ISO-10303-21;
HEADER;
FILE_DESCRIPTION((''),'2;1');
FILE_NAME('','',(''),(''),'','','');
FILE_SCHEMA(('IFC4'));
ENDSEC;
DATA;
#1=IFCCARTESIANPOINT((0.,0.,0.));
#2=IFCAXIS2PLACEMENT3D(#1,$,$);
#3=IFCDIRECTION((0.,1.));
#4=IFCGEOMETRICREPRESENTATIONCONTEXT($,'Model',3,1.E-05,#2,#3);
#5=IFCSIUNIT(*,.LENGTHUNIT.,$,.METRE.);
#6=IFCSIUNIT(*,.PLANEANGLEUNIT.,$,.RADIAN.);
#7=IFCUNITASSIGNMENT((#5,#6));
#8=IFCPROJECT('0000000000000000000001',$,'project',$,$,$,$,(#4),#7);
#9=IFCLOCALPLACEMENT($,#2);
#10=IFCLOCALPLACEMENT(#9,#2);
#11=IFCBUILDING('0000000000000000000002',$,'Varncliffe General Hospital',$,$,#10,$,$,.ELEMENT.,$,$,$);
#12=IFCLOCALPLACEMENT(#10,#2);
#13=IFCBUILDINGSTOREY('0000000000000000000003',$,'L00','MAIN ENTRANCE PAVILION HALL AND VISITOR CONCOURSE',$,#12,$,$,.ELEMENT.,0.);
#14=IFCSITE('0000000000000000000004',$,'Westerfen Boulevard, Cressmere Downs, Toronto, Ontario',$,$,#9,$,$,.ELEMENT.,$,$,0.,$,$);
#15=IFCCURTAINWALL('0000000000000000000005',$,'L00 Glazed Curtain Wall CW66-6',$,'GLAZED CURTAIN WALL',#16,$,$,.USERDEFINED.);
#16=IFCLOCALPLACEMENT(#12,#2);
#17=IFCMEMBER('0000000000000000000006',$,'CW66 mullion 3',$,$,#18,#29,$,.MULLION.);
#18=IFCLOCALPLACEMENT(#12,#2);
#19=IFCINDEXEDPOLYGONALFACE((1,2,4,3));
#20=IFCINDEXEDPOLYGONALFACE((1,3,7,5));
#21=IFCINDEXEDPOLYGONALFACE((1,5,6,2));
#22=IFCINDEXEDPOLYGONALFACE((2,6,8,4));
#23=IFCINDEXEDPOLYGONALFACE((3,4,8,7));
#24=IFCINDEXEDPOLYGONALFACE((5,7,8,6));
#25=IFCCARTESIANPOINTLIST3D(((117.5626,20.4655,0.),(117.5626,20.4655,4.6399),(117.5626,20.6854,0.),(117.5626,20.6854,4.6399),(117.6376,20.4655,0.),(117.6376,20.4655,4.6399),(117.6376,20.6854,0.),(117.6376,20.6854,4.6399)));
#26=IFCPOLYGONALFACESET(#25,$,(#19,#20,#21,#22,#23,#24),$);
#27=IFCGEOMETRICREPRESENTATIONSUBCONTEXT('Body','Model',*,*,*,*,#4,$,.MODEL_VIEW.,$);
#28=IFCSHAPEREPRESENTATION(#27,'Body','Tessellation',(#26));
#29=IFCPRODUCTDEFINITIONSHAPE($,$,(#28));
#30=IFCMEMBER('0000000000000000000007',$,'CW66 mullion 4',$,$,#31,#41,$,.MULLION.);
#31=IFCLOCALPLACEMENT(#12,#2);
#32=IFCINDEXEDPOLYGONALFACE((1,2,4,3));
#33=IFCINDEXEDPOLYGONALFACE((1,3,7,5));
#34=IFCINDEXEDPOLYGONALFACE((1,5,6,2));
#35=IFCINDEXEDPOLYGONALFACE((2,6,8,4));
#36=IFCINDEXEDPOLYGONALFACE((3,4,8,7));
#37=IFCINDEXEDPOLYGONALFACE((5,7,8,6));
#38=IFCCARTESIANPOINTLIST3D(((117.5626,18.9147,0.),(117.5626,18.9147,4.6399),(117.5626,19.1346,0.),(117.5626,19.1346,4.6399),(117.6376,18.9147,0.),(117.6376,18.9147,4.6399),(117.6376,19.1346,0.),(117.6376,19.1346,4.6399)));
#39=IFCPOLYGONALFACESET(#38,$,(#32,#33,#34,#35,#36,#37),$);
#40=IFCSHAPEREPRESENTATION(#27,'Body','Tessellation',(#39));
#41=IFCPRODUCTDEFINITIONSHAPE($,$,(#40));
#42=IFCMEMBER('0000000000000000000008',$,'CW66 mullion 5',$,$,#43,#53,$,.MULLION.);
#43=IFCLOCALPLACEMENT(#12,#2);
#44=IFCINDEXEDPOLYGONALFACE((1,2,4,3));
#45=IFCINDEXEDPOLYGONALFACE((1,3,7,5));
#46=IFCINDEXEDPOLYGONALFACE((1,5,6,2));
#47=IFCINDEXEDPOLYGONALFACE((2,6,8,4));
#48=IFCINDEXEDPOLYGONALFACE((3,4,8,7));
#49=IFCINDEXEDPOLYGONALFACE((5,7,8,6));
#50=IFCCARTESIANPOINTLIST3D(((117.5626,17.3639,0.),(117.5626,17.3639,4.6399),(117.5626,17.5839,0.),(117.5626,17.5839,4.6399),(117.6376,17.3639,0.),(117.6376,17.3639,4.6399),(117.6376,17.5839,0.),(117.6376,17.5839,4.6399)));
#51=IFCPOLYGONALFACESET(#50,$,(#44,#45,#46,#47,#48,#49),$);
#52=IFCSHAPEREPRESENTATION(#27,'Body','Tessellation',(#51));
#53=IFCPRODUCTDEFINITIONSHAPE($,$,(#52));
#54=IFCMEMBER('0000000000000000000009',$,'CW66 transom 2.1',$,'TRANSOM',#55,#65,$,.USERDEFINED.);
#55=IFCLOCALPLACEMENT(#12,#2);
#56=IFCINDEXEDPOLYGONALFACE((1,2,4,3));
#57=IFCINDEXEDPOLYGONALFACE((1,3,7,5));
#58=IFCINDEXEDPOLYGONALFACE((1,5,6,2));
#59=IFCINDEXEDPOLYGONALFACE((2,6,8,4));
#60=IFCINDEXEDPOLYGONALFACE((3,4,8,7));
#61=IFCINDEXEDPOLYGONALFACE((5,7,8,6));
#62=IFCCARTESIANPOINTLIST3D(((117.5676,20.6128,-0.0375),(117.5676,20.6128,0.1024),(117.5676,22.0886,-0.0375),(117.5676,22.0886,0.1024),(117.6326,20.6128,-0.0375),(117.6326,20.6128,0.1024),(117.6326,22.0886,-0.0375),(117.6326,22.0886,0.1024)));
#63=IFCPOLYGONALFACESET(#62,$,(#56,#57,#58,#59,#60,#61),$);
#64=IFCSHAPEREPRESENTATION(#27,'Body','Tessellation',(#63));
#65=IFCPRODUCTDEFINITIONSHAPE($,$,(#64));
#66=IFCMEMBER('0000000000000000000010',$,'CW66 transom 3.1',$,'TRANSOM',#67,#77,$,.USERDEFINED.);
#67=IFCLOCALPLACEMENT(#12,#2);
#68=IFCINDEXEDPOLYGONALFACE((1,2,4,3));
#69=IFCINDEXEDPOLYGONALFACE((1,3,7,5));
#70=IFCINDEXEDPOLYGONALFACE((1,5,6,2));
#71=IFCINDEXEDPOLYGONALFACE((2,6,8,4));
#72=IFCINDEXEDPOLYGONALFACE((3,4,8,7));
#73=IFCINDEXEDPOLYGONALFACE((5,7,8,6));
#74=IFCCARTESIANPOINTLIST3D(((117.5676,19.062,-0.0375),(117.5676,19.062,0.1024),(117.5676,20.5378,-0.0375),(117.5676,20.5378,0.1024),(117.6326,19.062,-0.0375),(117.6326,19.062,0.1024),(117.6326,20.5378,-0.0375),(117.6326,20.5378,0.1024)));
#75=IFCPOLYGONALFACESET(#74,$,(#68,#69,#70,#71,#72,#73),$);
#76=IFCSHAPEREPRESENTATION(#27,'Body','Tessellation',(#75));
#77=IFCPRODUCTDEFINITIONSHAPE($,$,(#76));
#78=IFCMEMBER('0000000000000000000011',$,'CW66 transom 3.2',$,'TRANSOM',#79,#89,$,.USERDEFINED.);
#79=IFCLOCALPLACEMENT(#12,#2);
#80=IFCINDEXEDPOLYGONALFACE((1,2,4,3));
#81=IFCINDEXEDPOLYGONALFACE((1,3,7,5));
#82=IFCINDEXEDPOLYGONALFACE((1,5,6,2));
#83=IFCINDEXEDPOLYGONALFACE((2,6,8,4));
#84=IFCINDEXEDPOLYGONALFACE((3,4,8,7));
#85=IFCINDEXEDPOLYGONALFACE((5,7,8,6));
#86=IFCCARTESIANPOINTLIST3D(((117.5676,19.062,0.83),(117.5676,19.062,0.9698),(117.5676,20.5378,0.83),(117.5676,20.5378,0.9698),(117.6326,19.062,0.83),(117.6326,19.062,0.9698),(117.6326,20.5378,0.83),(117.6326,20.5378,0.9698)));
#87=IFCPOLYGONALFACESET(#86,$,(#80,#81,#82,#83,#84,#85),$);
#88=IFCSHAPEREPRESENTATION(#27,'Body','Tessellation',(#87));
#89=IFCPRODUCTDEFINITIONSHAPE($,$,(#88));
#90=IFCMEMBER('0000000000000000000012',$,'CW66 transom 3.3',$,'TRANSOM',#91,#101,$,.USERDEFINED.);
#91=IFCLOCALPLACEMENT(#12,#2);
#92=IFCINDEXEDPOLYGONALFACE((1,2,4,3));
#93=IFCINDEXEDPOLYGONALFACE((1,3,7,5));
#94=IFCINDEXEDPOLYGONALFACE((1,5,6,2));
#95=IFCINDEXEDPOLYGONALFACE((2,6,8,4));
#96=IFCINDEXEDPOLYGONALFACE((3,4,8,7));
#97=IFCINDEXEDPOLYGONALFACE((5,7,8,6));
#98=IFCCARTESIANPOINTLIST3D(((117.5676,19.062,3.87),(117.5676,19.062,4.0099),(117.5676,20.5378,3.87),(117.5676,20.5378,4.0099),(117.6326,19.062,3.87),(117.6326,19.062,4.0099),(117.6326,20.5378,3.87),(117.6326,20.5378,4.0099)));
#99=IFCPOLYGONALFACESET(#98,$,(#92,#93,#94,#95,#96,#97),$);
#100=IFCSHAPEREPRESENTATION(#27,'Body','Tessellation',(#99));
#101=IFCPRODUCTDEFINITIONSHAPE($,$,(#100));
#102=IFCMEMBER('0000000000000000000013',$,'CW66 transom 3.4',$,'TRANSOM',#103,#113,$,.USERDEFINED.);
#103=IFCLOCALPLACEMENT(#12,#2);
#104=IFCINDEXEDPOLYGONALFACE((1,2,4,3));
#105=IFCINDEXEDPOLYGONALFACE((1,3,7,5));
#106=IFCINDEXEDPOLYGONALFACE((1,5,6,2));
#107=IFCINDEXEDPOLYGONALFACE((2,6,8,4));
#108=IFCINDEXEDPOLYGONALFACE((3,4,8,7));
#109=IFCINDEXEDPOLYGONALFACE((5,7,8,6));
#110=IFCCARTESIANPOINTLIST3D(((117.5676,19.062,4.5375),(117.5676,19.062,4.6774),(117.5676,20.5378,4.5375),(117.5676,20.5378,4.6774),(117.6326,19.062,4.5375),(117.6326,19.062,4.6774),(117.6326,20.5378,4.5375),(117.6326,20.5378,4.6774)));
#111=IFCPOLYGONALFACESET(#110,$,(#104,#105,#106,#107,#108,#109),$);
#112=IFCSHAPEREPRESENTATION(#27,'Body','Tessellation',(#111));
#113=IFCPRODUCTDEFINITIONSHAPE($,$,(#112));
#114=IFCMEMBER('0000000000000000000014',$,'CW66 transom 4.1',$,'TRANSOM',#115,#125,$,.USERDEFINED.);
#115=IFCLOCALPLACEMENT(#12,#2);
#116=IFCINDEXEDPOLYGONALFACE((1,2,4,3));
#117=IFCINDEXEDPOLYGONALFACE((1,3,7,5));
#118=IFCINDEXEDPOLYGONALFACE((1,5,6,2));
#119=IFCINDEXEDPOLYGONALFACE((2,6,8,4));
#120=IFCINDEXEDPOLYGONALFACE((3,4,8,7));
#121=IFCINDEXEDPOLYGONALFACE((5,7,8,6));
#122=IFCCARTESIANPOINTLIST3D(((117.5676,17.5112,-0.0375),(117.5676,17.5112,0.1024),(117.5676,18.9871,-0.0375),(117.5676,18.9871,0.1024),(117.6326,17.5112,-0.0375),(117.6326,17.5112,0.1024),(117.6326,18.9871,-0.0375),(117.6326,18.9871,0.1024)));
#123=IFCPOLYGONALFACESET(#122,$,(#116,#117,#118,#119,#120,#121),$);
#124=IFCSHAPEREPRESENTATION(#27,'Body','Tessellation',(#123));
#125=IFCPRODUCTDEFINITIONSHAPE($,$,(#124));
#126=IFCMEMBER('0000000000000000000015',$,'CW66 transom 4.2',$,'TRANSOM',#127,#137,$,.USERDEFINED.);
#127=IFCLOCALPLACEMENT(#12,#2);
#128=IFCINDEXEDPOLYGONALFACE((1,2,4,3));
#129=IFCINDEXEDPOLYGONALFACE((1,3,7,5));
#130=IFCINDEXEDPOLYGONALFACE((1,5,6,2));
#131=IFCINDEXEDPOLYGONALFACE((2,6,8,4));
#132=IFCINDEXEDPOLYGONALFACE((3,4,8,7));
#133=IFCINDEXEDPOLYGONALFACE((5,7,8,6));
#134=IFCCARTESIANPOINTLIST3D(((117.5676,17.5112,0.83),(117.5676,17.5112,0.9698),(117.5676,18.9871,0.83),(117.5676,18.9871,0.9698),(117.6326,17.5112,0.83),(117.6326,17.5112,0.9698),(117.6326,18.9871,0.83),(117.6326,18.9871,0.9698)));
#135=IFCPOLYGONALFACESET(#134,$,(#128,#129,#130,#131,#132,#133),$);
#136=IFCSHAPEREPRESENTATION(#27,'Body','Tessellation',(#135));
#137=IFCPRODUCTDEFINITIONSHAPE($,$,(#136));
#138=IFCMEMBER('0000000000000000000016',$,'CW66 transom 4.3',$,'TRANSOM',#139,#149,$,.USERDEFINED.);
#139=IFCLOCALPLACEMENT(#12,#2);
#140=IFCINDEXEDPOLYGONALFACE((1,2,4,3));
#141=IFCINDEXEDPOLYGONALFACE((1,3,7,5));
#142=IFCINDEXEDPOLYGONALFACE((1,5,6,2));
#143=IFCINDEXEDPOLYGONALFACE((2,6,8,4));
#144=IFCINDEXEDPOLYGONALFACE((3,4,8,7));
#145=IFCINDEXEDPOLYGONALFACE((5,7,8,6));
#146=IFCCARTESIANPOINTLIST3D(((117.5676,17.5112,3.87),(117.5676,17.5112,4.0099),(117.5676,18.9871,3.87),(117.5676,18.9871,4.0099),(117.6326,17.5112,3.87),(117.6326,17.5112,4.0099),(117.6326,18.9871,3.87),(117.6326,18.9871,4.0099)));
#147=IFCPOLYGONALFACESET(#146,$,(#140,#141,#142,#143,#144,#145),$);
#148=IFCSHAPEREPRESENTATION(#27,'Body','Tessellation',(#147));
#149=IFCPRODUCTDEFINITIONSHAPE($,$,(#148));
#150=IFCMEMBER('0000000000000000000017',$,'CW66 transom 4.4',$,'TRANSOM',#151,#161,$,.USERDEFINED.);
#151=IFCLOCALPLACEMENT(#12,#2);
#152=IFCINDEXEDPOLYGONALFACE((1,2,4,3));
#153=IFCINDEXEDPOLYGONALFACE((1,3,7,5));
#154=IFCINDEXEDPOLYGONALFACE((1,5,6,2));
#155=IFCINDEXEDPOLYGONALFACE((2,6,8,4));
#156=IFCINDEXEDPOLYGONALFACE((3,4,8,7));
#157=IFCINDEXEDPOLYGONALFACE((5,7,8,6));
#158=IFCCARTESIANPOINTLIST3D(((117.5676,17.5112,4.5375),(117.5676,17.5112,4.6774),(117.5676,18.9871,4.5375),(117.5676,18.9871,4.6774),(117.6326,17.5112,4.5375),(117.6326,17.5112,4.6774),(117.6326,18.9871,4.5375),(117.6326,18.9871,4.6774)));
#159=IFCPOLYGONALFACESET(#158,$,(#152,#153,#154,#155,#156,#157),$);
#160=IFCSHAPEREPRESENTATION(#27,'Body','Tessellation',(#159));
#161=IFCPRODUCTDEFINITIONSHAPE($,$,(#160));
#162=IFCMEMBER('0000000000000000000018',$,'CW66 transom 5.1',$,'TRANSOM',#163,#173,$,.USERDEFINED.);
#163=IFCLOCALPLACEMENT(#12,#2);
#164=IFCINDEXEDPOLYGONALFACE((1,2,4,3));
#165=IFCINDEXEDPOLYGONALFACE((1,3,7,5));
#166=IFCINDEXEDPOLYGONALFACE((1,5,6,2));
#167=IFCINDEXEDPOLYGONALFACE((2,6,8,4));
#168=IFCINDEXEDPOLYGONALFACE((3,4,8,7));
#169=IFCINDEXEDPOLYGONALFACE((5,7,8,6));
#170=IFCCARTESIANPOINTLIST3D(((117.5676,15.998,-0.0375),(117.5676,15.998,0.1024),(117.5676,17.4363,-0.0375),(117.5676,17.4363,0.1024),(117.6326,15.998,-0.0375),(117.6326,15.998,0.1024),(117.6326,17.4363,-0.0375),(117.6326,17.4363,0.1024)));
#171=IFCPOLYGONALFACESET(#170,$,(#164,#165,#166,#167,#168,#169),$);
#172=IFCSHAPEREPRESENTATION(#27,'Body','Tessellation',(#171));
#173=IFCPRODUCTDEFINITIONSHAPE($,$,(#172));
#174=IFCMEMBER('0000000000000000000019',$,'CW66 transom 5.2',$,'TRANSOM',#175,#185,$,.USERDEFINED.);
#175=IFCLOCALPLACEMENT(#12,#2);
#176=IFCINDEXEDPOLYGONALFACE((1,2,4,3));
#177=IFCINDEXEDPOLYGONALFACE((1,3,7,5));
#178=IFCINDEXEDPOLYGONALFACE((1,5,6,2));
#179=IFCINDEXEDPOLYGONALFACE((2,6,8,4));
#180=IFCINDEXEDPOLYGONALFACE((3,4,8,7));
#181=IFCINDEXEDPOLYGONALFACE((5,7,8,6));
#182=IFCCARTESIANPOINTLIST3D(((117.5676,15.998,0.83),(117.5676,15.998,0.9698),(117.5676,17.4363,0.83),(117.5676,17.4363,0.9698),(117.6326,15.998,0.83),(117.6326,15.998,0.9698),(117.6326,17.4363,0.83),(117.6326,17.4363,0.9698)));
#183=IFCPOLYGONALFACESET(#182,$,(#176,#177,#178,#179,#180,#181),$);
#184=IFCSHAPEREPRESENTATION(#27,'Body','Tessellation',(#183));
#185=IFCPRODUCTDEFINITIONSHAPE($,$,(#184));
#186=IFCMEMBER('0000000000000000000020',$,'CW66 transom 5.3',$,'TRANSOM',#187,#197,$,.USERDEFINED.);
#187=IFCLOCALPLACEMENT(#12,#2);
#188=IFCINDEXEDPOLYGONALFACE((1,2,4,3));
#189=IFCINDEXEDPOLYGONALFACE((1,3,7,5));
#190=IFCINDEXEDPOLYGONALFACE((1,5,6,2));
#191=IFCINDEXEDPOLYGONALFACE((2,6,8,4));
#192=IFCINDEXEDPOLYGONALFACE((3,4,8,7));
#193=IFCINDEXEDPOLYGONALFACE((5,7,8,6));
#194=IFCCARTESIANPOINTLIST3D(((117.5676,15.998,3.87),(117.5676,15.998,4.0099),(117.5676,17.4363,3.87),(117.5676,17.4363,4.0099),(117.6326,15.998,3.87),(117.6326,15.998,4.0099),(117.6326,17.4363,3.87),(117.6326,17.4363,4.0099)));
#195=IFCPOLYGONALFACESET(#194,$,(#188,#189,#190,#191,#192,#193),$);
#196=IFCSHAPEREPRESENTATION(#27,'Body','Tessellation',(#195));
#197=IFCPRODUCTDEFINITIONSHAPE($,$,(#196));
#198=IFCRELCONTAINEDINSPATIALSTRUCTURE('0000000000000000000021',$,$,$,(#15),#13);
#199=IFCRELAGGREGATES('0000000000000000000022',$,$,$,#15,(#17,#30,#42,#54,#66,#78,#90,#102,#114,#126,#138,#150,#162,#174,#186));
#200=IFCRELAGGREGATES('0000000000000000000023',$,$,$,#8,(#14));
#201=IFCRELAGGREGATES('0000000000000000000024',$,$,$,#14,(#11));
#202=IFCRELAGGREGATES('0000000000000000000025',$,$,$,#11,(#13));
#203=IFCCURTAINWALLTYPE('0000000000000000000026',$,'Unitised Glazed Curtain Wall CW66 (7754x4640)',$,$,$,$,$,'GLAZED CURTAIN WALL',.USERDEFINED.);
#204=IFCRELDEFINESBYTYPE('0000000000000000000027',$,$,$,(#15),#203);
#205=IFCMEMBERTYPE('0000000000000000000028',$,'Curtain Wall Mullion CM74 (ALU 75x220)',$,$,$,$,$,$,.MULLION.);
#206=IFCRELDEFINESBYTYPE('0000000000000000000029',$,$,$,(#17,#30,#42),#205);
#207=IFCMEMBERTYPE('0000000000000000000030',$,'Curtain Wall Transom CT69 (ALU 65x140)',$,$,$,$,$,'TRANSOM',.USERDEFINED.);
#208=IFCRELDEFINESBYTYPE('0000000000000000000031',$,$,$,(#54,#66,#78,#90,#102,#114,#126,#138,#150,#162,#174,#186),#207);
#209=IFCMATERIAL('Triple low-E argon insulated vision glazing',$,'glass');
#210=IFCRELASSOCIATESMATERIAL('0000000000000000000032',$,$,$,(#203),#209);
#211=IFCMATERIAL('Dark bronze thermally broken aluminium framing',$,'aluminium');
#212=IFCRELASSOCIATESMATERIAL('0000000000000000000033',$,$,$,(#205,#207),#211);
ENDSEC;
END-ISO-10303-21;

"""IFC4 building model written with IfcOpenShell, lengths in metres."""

from ifc_helpers import new_model, si_unit, direction, frame, origin, origin_2d, place, context, subcontext, project, spatial, rectangle, extrude, material, material_profile, profile_set, type_object, element, aggregate, save


model = new_model("IFC4")

# Units and contexts
model_context = context("Model", 3, precision=1e-05, world=origin(), true_north=direction((0.0, 1.0)))
body_context = subcontext(model_context, "Body", "Model", "MODEL_VIEW")
ifc_project = project(units=[si_unit("LENGTHUNIT", "METRE"), si_unit("PLANEANGLEUNIT", "RADIAN")], contexts=[model_context])

# Site, building, storey
site_placement = place(None, origin())
site = spatial("IfcSite", under=ifc_project, at=site_placement, Name="Westerfen Boulevard, Cressmere Downs, Toronto, Ontario", CompositionType="ELEMENT", RefElevation=0.0)
building_placement = place(site_placement, origin())
building = spatial("IfcBuilding", under=site, at=building_placement, Name="Varncliffe General Hospital", CompositionType="ELEMENT")
storey_placement = place(building_placement, origin())
storey = spatial("IfcBuildingStorey", under=building, at=storey_placement, Name="L00", Description="MAIN ENTRANCE PAVILION HALL AND VISITOR CONCOURSE", CompositionType="ELEMENT", Elevation=0.0)

# Curtain wall, members
ifc_material_1 = material(Name="Triple low-E argon insulated vision glazing", Category="glass")
curtain_wall_type = type_object("IfcCurtainWallType", Name="Unitised Glazed Curtain Wall CW66 (7754x4640)", ElementType="GLAZED CURTAIN WALL", PredefinedType="USERDEFINED", material=ifc_material_1)
curtain_wall_placement = place(storey_placement, origin())
curtain_wall = element("IfcCurtainWall", 1, at=curtain_wall_placement, inside=storey, type_object=curtain_wall_type, Name="L00 Glazed Curtain Wall CW66-6", ObjectType="GLAZED CURTAIN WALL", PredefinedType="USERDEFINED")
ifc_material_2 = material(Name="Dark bronze thermally broken aluminium framing", Category="aluminium")
ifc_material_profile_1 = material_profile(ifc_material_2, rectangle(XDim=0.075, YDim=0.22, at=origin_2d()), Name="ALU 75x220")
ifc_profile_set_1 = profile_set([ifc_material_profile_1], Name="Dark bronze thermally broken aluminium framing")
member_type_1 = type_object("IfcMemberType", Name="Curtain Wall Mullion CM74 (ALU 75x220)", PredefinedType="MULLION", material=ifc_profile_set_1)
member_1_placement = place(storey_placement, frame((117.6001, 20.5754, 0.0), z_axis=(0.0, 0.0, 1.0), x_axis=(1.0, 0.0, 0.0)))
member_1 = element("IfcMember", 2, at=member_1_placement, type_object=member_type_1, Name="CW66 mullion 3", PredefinedType="MULLION", context=body_context, shape_type="SweptSolid", body=[
    extrude(rectangle(XDim=0.075, YDim=0.22, at=origin_2d()), origin(), (0.0, 0.0, 1.0), 4.6399),
])
member_2_placement = place(storey_placement, frame((117.6001, 19.0247, 0.0), z_axis=(0.0, 0.0, 1.0), x_axis=(1.0, 0.0, 0.0)))
member_2 = element("IfcMember", 3, at=member_2_placement, type_object=member_type_1, Name="CW66 mullion 4", PredefinedType="MULLION", context=body_context, shape_type="SweptSolid", body=[
    extrude(rectangle(XDim=0.075, YDim=0.22, at=origin_2d()), origin(), (0.0, 0.0, 1.0), 4.6399),
])
member_3_placement = place(storey_placement, frame((117.6001, 17.4739, 0.0), z_axis=(0.0, 0.0, 1.0), x_axis=(1.0, 0.0, 0.0)))
member_3 = element("IfcMember", 4, at=member_3_placement, type_object=member_type_1, Name="CW66 mullion 5", PredefinedType="MULLION", context=body_context, shape_type="SweptSolid", body=[
    extrude(rectangle(XDim=0.075, YDim=0.22, at=origin_2d()), origin(), (0.0, 0.0, 1.0), 4.6399),
])
ifc_material_profile_2 = material_profile(ifc_material_2, rectangle(XDim=0.0649, YDim=0.1399, at=origin_2d()), Name="ALU 65x140")
ifc_profile_set_2 = profile_set([ifc_material_profile_2], Name="Dark bronze thermally broken aluminium framing")
member_type_2 = type_object("IfcMemberType", Name="Curtain Wall Transom CT69 (ALU 65x140)", ElementType="TRANSOM", PredefinedType="USERDEFINED", material=ifc_profile_set_2)
member_4_placement = place(storey_placement, frame((117.6001, 22.0886, 0.0325), z_axis=(0.0, -1.0, 0.0), x_axis=(1.0, 0.0, 0.0)))
member_4 = element("IfcMember", 5, at=member_4_placement, type_object=member_type_2, Name="CW66 transom 2.1", ObjectType="TRANSOM", PredefinedType="USERDEFINED", context=body_context, shape_type="SweptSolid", body=[
    extrude(rectangle(XDim=0.0649, YDim=0.1399, at=origin_2d()), origin(), (0.0, 0.0, 1.0), 1.4758),
])
member_5_placement = place(storey_placement, frame((117.6001, 20.5378, 0.0325), z_axis=(0.0, -1.0, 0.0), x_axis=(1.0, 0.0, 0.0)))
member_5 = element("IfcMember", 6, at=member_5_placement, type_object=member_type_2, Name="CW66 transom 3.1", ObjectType="TRANSOM", PredefinedType="USERDEFINED", context=body_context, shape_type="SweptSolid", body=[
    extrude(rectangle(XDim=0.0649, YDim=0.1399, at=origin_2d()), origin(), (0.0, 0.0, 1.0), 1.4758),
])
member_6_placement = place(storey_placement, frame((117.6001, 20.5378, 0.8999), z_axis=(0.0, -1.0, 0.0), x_axis=(1.0, 0.0, 0.0)))
member_6 = element("IfcMember", 7, at=member_6_placement, type_object=member_type_2, Name="CW66 transom 3.2", ObjectType="TRANSOM", PredefinedType="USERDEFINED", context=body_context, shape_type="SweptSolid", body=[
    extrude(rectangle(XDim=0.0649, YDim=0.1399, at=origin_2d()), origin(), (0.0, 0.0, 1.0), 1.4758),
])
member_7_placement = place(storey_placement, frame((117.6001, 20.5378, 3.9399), z_axis=(0.0, -1.0, 0.0), x_axis=(1.0, 0.0, 0.0)))
member_7 = element("IfcMember", 8, at=member_7_placement, type_object=member_type_2, Name="CW66 transom 3.3", ObjectType="TRANSOM", PredefinedType="USERDEFINED", context=body_context, shape_type="SweptSolid", body=[
    extrude(rectangle(XDim=0.0649, YDim=0.1399, at=origin_2d()), origin(), (0.0, 0.0, 1.0), 1.4758),
])
member_8_placement = place(storey_placement, frame((117.6001, 20.5378, 4.6074), z_axis=(0.0, -1.0, 0.0), x_axis=(1.0, 0.0, 0.0)))
member_8 = element("IfcMember", 9, at=member_8_placement, type_object=member_type_2, Name="CW66 transom 3.4", ObjectType="TRANSOM", PredefinedType="USERDEFINED", context=body_context, shape_type="SweptSolid", body=[
    extrude(rectangle(XDim=0.0649, YDim=0.1399, at=origin_2d()), origin(), (0.0, 0.0, 1.0), 1.4758),
])
member_9_placement = place(storey_placement, frame((117.6001, 18.9871, 0.0325), z_axis=(0.0, -1.0, 0.0), x_axis=(1.0, 0.0, 0.0)))
member_9 = element("IfcMember", 10, at=member_9_placement, type_object=member_type_2, Name="CW66 transom 4.1", ObjectType="TRANSOM", PredefinedType="USERDEFINED", context=body_context, shape_type="SweptSolid", body=[
    extrude(rectangle(XDim=0.0649, YDim=0.1399, at=origin_2d()), origin(), (0.0, 0.0, 1.0), 1.4758),
])
member_10_placement = place(storey_placement, frame((117.6001, 18.9871, 0.8999), z_axis=(0.0, -1.0, 0.0), x_axis=(1.0, 0.0, 0.0)))
member_10 = element("IfcMember", 11, at=member_10_placement, type_object=member_type_2, Name="CW66 transom 4.2", ObjectType="TRANSOM", PredefinedType="USERDEFINED", context=body_context, shape_type="SweptSolid", body=[
    extrude(rectangle(XDim=0.0649, YDim=0.1399, at=origin_2d()), origin(), (0.0, 0.0, 1.0), 1.4758),
])
member_11_placement = place(storey_placement, frame((117.6001, 18.9871, 3.9399), z_axis=(0.0, -1.0, 0.0), x_axis=(1.0, 0.0, 0.0)))
member_11 = element("IfcMember", 12, at=member_11_placement, type_object=member_type_2, Name="CW66 transom 4.3", ObjectType="TRANSOM", PredefinedType="USERDEFINED", context=body_context, shape_type="SweptSolid", body=[
    extrude(rectangle(XDim=0.0649, YDim=0.1399, at=origin_2d()), origin(), (0.0, 0.0, 1.0), 1.4758),
])
member_12_placement = place(storey_placement, frame((117.6001, 18.9871, 4.6074), z_axis=(0.0, -1.0, 0.0), x_axis=(1.0, 0.0, 0.0)))
member_12 = element("IfcMember", 13, at=member_12_placement, type_object=member_type_2, Name="CW66 transom 4.4", ObjectType="TRANSOM", PredefinedType="USERDEFINED", context=body_context, shape_type="SweptSolid", body=[
    extrude(rectangle(XDim=0.0649, YDim=0.1399, at=origin_2d()), origin(), (0.0, 0.0, 1.0), 1.4758),
])
member_13_placement = place(storey_placement, frame((117.6001, 17.4363, 0.0325), z_axis=(0.0, -1.0, 0.0), x_axis=(1.0, 0.0, 0.0)))
member_13 = element("IfcMember", 14, at=member_13_placement, type_object=member_type_2, Name="CW66 transom 5.1", ObjectType="TRANSOM", PredefinedType="USERDEFINED", context=body_context, shape_type="SweptSolid", body=[
    extrude(rectangle(XDim=0.0649, YDim=0.1399, at=origin_2d()), origin(), (0.0, 0.0, 1.0), 1.4382),
])
member_14_placement = place(storey_placement, frame((117.6001, 17.4363, 0.8999), z_axis=(0.0, -1.0, 0.0), x_axis=(1.0, 0.0, 0.0)))
member_14 = element("IfcMember", 15, at=member_14_placement, type_object=member_type_2, Name="CW66 transom 5.2", ObjectType="TRANSOM", PredefinedType="USERDEFINED", context=body_context, shape_type="SweptSolid", body=[
    extrude(rectangle(XDim=0.0649, YDim=0.1399, at=origin_2d()), origin(), (0.0, 0.0, 1.0), 1.4382),
])
member_15_placement = place(storey_placement, frame((117.6001, 17.4363, 3.9399), z_axis=(0.0, -1.0, 0.0), x_axis=(1.0, 0.0, 0.0)))
member_15 = element("IfcMember", 16, at=member_15_placement, type_object=member_type_2, Name="CW66 transom 5.3", ObjectType="TRANSOM", PredefinedType="USERDEFINED", context=body_context, shape_type="SweptSolid", body=[
    extrude(rectangle(XDim=0.0649, YDim=0.1399, at=origin_2d()), origin(), (0.0, 0.0, 1.0), 1.4382),
])
aggregate(curtain_wall, [member_1, member_2, member_3, member_4, member_5, member_6, member_7, member_8, member_9, member_10, member_11, member_12, member_13, member_14, member_15])

save(model, "model.ifc")
